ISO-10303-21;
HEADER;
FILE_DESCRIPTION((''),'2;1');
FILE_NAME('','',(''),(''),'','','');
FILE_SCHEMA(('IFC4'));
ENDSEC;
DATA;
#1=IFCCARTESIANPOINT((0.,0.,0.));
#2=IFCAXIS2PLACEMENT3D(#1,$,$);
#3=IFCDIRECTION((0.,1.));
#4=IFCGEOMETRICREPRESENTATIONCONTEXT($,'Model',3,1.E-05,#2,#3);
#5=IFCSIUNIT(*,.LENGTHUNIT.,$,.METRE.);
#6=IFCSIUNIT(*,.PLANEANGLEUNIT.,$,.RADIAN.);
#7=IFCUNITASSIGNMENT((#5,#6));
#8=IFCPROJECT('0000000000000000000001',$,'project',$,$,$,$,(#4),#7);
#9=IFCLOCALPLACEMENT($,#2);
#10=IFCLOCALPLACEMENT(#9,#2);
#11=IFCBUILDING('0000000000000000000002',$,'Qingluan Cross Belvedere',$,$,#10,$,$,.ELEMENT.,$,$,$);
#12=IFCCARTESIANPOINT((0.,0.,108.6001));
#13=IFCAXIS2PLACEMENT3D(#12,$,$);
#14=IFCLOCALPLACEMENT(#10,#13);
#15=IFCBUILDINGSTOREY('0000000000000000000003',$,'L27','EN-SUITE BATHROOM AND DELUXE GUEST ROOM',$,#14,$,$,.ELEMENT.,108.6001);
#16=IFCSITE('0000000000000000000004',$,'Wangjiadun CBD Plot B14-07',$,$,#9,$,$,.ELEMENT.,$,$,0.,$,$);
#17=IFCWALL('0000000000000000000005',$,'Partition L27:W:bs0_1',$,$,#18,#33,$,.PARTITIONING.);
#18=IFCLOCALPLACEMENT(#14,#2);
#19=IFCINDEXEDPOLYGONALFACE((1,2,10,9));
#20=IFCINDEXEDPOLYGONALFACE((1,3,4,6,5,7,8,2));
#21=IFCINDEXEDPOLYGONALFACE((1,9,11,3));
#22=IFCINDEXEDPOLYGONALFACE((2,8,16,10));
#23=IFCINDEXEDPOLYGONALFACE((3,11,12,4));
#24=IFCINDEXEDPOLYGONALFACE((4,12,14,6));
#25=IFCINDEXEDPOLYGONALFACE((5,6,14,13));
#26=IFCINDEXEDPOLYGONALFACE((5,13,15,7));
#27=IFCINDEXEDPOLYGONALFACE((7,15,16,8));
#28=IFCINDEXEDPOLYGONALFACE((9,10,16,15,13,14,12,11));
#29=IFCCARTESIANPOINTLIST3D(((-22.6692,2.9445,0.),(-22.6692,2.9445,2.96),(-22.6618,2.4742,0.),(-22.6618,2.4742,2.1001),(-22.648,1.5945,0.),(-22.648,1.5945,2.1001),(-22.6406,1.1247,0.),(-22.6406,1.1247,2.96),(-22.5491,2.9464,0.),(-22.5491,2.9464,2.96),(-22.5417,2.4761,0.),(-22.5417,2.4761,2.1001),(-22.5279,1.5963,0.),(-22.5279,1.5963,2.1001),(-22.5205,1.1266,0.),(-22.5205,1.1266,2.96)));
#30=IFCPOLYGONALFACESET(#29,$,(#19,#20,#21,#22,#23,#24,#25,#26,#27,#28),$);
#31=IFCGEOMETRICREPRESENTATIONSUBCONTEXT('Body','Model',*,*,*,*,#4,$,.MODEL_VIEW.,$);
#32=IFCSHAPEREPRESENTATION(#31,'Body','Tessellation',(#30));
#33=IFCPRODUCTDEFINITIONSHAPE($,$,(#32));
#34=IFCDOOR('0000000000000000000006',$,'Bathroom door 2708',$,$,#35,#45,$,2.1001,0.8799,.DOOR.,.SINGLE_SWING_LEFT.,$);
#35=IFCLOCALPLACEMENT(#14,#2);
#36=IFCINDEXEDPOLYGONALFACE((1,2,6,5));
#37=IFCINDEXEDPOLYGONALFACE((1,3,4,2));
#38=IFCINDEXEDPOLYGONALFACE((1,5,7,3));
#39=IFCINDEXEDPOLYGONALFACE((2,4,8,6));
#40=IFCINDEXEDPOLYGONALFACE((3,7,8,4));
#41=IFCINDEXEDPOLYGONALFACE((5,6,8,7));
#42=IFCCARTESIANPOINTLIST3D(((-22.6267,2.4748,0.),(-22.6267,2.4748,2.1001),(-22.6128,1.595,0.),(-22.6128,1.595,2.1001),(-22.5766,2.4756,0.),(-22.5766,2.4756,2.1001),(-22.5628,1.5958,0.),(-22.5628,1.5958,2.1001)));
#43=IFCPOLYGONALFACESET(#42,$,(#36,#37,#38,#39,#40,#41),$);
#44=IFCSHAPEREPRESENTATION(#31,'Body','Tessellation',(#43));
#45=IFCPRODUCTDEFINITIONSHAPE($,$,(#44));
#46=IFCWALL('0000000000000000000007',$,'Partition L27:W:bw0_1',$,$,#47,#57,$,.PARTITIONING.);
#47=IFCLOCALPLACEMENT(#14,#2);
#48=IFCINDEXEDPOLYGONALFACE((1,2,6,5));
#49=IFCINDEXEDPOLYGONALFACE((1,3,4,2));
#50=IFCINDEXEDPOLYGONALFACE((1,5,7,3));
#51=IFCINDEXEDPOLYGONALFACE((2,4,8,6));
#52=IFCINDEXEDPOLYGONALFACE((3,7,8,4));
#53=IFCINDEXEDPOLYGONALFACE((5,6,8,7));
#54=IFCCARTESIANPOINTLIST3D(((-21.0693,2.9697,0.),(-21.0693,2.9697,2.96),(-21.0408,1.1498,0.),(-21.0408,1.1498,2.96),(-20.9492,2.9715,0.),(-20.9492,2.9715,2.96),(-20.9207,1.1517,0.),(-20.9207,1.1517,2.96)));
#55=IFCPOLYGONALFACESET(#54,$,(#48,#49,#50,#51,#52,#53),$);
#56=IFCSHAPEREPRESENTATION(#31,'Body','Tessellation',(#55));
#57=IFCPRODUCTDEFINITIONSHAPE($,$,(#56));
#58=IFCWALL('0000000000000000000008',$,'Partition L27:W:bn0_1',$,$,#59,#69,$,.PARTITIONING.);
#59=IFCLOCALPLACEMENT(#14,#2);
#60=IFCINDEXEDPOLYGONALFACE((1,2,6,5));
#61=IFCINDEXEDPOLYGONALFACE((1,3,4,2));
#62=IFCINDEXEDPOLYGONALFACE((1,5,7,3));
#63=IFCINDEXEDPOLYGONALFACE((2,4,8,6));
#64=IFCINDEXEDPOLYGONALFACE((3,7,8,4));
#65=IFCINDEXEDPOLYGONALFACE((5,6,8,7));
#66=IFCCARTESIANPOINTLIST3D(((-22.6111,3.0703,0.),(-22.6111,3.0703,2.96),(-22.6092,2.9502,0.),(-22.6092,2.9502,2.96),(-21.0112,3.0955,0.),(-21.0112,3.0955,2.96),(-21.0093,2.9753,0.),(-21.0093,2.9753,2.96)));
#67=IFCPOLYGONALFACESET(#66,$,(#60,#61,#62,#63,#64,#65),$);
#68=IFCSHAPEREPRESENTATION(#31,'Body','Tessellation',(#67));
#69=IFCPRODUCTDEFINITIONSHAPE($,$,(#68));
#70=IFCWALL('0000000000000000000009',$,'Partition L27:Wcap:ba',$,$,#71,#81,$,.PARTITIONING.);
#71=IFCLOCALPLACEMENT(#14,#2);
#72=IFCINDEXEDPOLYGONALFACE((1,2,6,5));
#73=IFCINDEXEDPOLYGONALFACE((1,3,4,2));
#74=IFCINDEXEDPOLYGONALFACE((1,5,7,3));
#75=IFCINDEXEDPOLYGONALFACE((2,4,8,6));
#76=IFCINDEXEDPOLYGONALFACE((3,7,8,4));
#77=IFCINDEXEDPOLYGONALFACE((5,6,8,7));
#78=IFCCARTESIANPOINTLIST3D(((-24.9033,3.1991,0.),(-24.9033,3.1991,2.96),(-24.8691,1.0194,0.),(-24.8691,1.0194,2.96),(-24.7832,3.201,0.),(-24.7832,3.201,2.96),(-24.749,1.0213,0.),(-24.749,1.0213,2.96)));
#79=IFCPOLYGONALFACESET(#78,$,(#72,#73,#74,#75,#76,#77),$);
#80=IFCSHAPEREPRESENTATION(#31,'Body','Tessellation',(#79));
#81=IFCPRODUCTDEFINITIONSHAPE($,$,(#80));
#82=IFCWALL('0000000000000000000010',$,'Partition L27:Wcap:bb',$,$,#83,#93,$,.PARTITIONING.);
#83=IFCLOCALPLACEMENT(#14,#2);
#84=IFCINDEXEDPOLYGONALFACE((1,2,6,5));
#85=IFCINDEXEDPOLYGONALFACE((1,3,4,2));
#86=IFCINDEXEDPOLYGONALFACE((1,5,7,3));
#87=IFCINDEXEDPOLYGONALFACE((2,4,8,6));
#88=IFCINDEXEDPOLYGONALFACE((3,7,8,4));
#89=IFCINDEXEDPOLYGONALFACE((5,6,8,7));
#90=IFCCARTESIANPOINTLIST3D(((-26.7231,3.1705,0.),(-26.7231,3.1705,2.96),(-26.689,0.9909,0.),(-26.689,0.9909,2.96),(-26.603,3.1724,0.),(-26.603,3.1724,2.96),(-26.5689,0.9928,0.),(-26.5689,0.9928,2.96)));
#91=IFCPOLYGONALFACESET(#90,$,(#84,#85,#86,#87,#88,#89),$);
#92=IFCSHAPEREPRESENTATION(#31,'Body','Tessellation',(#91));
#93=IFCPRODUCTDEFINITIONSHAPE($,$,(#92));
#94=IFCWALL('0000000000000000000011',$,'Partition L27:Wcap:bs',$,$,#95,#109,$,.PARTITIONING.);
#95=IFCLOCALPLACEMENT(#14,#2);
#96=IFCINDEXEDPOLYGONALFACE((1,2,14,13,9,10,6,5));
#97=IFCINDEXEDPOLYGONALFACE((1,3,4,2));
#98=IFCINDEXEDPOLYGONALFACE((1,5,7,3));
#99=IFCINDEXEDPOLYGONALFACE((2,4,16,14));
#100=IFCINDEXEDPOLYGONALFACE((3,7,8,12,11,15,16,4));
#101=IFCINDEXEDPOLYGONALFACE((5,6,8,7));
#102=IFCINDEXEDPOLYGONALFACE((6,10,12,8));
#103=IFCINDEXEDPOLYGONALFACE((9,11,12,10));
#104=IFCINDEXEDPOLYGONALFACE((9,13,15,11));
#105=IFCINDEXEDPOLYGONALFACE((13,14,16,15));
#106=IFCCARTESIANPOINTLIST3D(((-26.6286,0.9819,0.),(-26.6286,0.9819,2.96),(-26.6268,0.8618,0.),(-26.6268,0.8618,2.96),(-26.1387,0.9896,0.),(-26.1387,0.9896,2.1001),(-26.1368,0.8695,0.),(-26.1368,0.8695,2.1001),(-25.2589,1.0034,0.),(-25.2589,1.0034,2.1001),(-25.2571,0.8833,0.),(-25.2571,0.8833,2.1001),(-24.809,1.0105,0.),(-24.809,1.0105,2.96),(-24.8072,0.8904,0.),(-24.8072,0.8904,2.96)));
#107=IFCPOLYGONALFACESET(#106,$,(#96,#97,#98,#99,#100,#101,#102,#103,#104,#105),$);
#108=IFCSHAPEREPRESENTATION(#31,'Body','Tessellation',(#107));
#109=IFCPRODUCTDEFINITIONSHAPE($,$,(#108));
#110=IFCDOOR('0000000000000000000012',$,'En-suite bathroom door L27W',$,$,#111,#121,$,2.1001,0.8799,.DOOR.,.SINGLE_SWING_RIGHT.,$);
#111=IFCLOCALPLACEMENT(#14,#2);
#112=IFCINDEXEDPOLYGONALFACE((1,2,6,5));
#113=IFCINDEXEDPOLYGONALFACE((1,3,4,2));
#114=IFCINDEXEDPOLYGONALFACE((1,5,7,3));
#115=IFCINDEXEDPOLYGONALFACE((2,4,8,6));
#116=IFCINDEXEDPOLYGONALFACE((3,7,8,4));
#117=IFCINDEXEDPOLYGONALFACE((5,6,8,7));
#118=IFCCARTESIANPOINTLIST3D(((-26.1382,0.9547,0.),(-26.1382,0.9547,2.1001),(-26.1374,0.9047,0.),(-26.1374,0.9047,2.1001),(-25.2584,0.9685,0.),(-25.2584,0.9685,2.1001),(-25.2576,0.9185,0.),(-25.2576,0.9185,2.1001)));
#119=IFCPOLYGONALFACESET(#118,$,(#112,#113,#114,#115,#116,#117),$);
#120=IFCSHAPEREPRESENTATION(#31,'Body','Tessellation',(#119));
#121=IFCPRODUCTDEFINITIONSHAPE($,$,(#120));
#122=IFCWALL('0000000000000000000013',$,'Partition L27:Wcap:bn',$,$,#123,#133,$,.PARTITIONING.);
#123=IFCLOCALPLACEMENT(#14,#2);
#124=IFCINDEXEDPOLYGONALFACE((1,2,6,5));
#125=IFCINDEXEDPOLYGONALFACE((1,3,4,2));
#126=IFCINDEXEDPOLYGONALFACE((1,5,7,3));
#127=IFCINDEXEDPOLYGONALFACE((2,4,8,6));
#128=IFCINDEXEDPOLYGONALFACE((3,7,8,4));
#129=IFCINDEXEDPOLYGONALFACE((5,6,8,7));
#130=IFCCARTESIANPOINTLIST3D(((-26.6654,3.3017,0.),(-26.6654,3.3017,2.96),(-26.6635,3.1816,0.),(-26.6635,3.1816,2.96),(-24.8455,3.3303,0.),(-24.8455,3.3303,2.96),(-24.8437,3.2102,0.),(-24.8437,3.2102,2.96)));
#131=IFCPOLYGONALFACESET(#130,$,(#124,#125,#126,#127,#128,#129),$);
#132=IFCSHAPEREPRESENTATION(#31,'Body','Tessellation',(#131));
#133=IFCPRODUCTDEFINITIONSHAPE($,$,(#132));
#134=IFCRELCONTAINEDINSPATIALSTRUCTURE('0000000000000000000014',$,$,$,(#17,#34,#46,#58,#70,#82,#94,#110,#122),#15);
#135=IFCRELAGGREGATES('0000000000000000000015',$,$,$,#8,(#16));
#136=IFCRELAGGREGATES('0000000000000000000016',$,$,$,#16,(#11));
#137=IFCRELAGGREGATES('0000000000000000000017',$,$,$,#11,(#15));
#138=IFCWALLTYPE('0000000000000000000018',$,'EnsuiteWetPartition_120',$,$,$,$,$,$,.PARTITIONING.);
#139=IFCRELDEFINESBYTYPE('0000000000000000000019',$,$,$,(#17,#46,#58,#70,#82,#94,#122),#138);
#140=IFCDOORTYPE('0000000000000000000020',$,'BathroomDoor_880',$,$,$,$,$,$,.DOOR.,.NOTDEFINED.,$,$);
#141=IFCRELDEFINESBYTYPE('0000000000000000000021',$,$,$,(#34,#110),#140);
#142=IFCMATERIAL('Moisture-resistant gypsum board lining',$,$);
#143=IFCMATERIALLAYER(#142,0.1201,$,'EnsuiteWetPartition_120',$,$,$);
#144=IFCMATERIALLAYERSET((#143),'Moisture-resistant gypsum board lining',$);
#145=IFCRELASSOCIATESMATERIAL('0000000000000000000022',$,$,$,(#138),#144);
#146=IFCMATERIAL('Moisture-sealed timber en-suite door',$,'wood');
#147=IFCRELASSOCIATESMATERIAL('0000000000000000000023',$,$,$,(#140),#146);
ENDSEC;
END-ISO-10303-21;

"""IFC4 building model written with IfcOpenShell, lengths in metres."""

from ifc_helpers import new_model, si_unit, direction, frame, frame_2d, origin, place, context, subcontext, project, spatial, rectangle, extrude, material, layer, layer_set, type_object, element, fill, save


model = new_model("IFC4")

# Units and contexts
model_context = context("Model", 3, precision=1e-05, world=origin(), true_north=direction((0.0, 1.0)))
body_context = subcontext(model_context, "Body", "Model", "MODEL_VIEW")
ifc_project = project(units=[si_unit("LENGTHUNIT", "METRE"), si_unit("PLANEANGLEUNIT", "RADIAN")], contexts=[model_context])

# Site, building, storey
site_placement = place(None, origin())
site = spatial("IfcSite", under=ifc_project, at=site_placement, Name="Wangjiadun CBD Plot B14-07", CompositionType="ELEMENT", RefElevation=0.0)
building_placement = place(site_placement, origin())
building = spatial("IfcBuilding", under=site, at=building_placement, Name="Qingluan Cross Belvedere", CompositionType="ELEMENT")
storey_placement = place(building_placement, frame((0.0, 0.0, 108.6001)))
storey = spatial("IfcBuildingStorey", under=building, at=storey_placement, Name="L27", Description="EN-SUITE BATHROOM AND DELUXE GUEST ROOM", CompositionType="ELEMENT", Elevation=108.6001)

# Shared definitions
ifc_material_1 = material(Name="Moisture-resistant gypsum board lining")
ifc_layer_1 = layer(ifc_material_1, 0.1201, Name="EnsuiteWetPartition_120")
ifc_layer_set_1 = layer_set([ifc_layer_1], Name="Moisture-resistant gypsum board lining")
wall_type_1 = type_object("IfcWallType", Name="EnsuiteWetPartition_120", PredefinedType="PARTITIONING", material=ifc_layer_set_1)
ifc_material_2 = material(Name="Moisture-sealed timber en-suite door", Category="wood")
door_type_1 = type_object("IfcDoorType", Name="BathroomDoor_880", OperationType="NOTDEFINED", PredefinedType="DOOR", material=ifc_material_2)

# Wall, opening, door
wall_1_placement = place(storey_placement, frame((-22.5806, 1.1255, 0.0), z_axis=(0.0, 0.0, 1.0), x_axis=(-0.015694, 0.999877, 0.0)))
wall_1 = element("IfcWall", 1, at=wall_1_placement, inside=storey, type_object=wall_type_1, Name="Partition L27:W:bs0_1", PredefinedType="PARTITIONING", context=body_context, shape_type="SweptSolid", body=[
    extrude(rectangle(XDim=1.8201, YDim=0.1201, at=frame_2d((0.9102, 0.0))), origin(), (0.0, 0.0, 1.0), 2.96),
])
opening_1_placement = place(wall_1_placement, frame((0.47, 0.0, 0.0)))
opening_1 = element("IfcOpeningElement", 2, at=opening_1_placement, cuts=wall_1, PredefinedType="OPENING", context=body_context, shape_type="SweptSolid", body=[
    extrude(rectangle(XDim=0.8799, YDim=2.1001, at=frame_2d((0.4399, 1.05))), frame((0.0, 0.0701, 0.0), z_axis=(0.0, -1.0, 0.0), x_axis=(1.0, 0.0, 0.0)), (0.0, 0.0, 1.0), 0.1401),
])
door_1_placement = place(opening_1_placement, origin())
door_1 = element("IfcDoor", 3, at=door_1_placement, inside=storey, type_object=door_type_1, Name="Bathroom door 2708", OperationType="SINGLE_SWING_LEFT", OverallHeight=2.1001, OverallWidth=0.8799, PredefinedType="DOOR", context=body_context, shape_type="SweptSolid", body=[
    extrude(rectangle(XDim=0.8799, YDim=2.1001, at=frame_2d((0.4399, 1.05))), frame((0.0, 0.0249, 0.0), z_axis=(0.0, -1.0, 0.0), x_axis=(1.0, 0.0, 0.0)), (0.0, 0.0, 1.0), 0.05),
])
fill(opening_1, door_1)

# Walls
wall_2_placement = place(storey_placement, frame((-20.9807, 1.1506, 0.0), z_axis=(0.0, 0.0, 1.0), x_axis=(-0.015694, 0.999877, 0.0)))
element("IfcWall", 4, at=wall_2_placement, inside=storey, type_object=wall_type_1, Name="Partition L27:W:bw0_1", PredefinedType="PARTITIONING", context=body_context, shape_type="SweptSolid", body=[
    extrude(rectangle(XDim=1.8201, YDim=0.1201, at=frame_2d((0.9102, 0.0))), origin(), (0.0, 0.0, 1.0), 2.96),
])
wall_3_placement = place(storey_placement, frame((-21.0103, 3.0354, 0.0), z_axis=(0.0, 0.0, 1.0), x_axis=(-0.999876, -0.015716, 0.0)))
element("IfcWall", 5, at=wall_3_placement, inside=storey, type_object=wall_type_1, Name="Partition L27:W:bn0_1", PredefinedType="PARTITIONING", context=body_context, shape_type="SweptSolid", body=[
    extrude(rectangle(XDim=1.6001, YDim=0.1201, at=frame_2d((0.8, 0.0))), origin(), (0.0, 0.0, 1.0), 2.96),
])
for number, where, z_axis, x_axis, name in (
    (6, (-24.8091, 1.0205, 0.0), (0.0, 0.0, 1.0), (-0.015679, 0.999877, 0.0), "Partition L27:Wcap:ba"),
    (7, (-26.6289, 0.9919, 0.0), (0.0, 0.0, 1.0), (-0.015679, 0.999877, 0.0), "Partition L27:Wcap:bb"),
):
    element("IfcWall", number, at=place(storey_placement, frame(where, z_axis=z_axis, x_axis=x_axis)), inside=storey, type_object=wall_type_1, Name=name, PredefinedType="PARTITIONING", context=body_context, shape_type="SweptSolid", body=[
        extrude(rectangle(XDim=2.1799, YDim=0.1201, at=frame_2d((1.0898, 0.0))), origin(), (0.0, 0.0, 1.0), 2.96),
    ])

# Wall, opening, door
wall_4_placement = place(storey_placement, frame((-24.8081, 0.9504, 0.0), z_axis=(0.0, 0.0, 1.0), x_axis=(-0.999877, -0.015696, 0.0)))
wall_4 = element("IfcWall", 8, at=wall_4_placement, inside=storey, type_object=wall_type_1, Name="Partition L27:Wcap:bs", PredefinedType="PARTITIONING", context=body_context, shape_type="SweptSolid", body=[
    extrude(rectangle(XDim=1.8198, YDim=0.1201, at=frame_2d((0.9099, 0.0))), origin(), (0.0, 0.0, 1.0), 2.96),
])
opening_2_placement = place(wall_4_placement, frame((0.45, 0.0, 0.0)))
opening_2 = element("IfcOpeningElement", 9, at=opening_2_placement, cuts=wall_4, PredefinedType="OPENING", context=body_context, shape_type="SweptSolid", body=[
    extrude(rectangle(XDim=0.8799, YDim=2.1001, at=frame_2d((0.4399, 1.05))), frame((0.0, 0.0701, 0.0), z_axis=(0.0, -1.0, 0.0), x_axis=(1.0, 0.0, 0.0)), (0.0, 0.0, 1.0), 0.1401),
])
door_2_placement = place(opening_2_placement, origin())
door_2 = element("IfcDoor", 10, at=door_2_placement, inside=storey, type_object=door_type_1, Name="En-suite bathroom door L27W", OperationType="SINGLE_SWING_RIGHT", OverallHeight=2.1001, OverallWidth=0.8799, PredefinedType="DOOR", context=body_context, shape_type="SweptSolid", body=[
    extrude(rectangle(XDim=0.8799, YDim=2.1001, at=frame_2d((0.4399, 1.05))), frame((0.0, 0.0249, 0.0), z_axis=(0.0, -1.0, 0.0), x_axis=(1.0, 0.0, 0.0)), (0.0, 0.0, 1.0), 0.05),
])
fill(opening_2, door_2)

# Wall
wall_5_placement = place(storey_placement, frame((-24.8445, 3.2703, 0.0), z_axis=(0.0, 0.0, 1.0), x_axis=(-0.999877, -0.015694, 0.0)))
element("IfcWall", 11, at=wall_5_placement, inside=storey, type_object=wall_type_1, Name="Partition L27:Wcap:bn", PredefinedType="PARTITIONING", context=body_context, shape_type="SweptSolid", body=[
    extrude(rectangle(XDim=1.8201, YDim=0.1201, at=frame_2d((0.9102, 0.0))), origin(), (0.0, 0.0, 1.0), 2.96),
])

save(model, "model.ifc")
